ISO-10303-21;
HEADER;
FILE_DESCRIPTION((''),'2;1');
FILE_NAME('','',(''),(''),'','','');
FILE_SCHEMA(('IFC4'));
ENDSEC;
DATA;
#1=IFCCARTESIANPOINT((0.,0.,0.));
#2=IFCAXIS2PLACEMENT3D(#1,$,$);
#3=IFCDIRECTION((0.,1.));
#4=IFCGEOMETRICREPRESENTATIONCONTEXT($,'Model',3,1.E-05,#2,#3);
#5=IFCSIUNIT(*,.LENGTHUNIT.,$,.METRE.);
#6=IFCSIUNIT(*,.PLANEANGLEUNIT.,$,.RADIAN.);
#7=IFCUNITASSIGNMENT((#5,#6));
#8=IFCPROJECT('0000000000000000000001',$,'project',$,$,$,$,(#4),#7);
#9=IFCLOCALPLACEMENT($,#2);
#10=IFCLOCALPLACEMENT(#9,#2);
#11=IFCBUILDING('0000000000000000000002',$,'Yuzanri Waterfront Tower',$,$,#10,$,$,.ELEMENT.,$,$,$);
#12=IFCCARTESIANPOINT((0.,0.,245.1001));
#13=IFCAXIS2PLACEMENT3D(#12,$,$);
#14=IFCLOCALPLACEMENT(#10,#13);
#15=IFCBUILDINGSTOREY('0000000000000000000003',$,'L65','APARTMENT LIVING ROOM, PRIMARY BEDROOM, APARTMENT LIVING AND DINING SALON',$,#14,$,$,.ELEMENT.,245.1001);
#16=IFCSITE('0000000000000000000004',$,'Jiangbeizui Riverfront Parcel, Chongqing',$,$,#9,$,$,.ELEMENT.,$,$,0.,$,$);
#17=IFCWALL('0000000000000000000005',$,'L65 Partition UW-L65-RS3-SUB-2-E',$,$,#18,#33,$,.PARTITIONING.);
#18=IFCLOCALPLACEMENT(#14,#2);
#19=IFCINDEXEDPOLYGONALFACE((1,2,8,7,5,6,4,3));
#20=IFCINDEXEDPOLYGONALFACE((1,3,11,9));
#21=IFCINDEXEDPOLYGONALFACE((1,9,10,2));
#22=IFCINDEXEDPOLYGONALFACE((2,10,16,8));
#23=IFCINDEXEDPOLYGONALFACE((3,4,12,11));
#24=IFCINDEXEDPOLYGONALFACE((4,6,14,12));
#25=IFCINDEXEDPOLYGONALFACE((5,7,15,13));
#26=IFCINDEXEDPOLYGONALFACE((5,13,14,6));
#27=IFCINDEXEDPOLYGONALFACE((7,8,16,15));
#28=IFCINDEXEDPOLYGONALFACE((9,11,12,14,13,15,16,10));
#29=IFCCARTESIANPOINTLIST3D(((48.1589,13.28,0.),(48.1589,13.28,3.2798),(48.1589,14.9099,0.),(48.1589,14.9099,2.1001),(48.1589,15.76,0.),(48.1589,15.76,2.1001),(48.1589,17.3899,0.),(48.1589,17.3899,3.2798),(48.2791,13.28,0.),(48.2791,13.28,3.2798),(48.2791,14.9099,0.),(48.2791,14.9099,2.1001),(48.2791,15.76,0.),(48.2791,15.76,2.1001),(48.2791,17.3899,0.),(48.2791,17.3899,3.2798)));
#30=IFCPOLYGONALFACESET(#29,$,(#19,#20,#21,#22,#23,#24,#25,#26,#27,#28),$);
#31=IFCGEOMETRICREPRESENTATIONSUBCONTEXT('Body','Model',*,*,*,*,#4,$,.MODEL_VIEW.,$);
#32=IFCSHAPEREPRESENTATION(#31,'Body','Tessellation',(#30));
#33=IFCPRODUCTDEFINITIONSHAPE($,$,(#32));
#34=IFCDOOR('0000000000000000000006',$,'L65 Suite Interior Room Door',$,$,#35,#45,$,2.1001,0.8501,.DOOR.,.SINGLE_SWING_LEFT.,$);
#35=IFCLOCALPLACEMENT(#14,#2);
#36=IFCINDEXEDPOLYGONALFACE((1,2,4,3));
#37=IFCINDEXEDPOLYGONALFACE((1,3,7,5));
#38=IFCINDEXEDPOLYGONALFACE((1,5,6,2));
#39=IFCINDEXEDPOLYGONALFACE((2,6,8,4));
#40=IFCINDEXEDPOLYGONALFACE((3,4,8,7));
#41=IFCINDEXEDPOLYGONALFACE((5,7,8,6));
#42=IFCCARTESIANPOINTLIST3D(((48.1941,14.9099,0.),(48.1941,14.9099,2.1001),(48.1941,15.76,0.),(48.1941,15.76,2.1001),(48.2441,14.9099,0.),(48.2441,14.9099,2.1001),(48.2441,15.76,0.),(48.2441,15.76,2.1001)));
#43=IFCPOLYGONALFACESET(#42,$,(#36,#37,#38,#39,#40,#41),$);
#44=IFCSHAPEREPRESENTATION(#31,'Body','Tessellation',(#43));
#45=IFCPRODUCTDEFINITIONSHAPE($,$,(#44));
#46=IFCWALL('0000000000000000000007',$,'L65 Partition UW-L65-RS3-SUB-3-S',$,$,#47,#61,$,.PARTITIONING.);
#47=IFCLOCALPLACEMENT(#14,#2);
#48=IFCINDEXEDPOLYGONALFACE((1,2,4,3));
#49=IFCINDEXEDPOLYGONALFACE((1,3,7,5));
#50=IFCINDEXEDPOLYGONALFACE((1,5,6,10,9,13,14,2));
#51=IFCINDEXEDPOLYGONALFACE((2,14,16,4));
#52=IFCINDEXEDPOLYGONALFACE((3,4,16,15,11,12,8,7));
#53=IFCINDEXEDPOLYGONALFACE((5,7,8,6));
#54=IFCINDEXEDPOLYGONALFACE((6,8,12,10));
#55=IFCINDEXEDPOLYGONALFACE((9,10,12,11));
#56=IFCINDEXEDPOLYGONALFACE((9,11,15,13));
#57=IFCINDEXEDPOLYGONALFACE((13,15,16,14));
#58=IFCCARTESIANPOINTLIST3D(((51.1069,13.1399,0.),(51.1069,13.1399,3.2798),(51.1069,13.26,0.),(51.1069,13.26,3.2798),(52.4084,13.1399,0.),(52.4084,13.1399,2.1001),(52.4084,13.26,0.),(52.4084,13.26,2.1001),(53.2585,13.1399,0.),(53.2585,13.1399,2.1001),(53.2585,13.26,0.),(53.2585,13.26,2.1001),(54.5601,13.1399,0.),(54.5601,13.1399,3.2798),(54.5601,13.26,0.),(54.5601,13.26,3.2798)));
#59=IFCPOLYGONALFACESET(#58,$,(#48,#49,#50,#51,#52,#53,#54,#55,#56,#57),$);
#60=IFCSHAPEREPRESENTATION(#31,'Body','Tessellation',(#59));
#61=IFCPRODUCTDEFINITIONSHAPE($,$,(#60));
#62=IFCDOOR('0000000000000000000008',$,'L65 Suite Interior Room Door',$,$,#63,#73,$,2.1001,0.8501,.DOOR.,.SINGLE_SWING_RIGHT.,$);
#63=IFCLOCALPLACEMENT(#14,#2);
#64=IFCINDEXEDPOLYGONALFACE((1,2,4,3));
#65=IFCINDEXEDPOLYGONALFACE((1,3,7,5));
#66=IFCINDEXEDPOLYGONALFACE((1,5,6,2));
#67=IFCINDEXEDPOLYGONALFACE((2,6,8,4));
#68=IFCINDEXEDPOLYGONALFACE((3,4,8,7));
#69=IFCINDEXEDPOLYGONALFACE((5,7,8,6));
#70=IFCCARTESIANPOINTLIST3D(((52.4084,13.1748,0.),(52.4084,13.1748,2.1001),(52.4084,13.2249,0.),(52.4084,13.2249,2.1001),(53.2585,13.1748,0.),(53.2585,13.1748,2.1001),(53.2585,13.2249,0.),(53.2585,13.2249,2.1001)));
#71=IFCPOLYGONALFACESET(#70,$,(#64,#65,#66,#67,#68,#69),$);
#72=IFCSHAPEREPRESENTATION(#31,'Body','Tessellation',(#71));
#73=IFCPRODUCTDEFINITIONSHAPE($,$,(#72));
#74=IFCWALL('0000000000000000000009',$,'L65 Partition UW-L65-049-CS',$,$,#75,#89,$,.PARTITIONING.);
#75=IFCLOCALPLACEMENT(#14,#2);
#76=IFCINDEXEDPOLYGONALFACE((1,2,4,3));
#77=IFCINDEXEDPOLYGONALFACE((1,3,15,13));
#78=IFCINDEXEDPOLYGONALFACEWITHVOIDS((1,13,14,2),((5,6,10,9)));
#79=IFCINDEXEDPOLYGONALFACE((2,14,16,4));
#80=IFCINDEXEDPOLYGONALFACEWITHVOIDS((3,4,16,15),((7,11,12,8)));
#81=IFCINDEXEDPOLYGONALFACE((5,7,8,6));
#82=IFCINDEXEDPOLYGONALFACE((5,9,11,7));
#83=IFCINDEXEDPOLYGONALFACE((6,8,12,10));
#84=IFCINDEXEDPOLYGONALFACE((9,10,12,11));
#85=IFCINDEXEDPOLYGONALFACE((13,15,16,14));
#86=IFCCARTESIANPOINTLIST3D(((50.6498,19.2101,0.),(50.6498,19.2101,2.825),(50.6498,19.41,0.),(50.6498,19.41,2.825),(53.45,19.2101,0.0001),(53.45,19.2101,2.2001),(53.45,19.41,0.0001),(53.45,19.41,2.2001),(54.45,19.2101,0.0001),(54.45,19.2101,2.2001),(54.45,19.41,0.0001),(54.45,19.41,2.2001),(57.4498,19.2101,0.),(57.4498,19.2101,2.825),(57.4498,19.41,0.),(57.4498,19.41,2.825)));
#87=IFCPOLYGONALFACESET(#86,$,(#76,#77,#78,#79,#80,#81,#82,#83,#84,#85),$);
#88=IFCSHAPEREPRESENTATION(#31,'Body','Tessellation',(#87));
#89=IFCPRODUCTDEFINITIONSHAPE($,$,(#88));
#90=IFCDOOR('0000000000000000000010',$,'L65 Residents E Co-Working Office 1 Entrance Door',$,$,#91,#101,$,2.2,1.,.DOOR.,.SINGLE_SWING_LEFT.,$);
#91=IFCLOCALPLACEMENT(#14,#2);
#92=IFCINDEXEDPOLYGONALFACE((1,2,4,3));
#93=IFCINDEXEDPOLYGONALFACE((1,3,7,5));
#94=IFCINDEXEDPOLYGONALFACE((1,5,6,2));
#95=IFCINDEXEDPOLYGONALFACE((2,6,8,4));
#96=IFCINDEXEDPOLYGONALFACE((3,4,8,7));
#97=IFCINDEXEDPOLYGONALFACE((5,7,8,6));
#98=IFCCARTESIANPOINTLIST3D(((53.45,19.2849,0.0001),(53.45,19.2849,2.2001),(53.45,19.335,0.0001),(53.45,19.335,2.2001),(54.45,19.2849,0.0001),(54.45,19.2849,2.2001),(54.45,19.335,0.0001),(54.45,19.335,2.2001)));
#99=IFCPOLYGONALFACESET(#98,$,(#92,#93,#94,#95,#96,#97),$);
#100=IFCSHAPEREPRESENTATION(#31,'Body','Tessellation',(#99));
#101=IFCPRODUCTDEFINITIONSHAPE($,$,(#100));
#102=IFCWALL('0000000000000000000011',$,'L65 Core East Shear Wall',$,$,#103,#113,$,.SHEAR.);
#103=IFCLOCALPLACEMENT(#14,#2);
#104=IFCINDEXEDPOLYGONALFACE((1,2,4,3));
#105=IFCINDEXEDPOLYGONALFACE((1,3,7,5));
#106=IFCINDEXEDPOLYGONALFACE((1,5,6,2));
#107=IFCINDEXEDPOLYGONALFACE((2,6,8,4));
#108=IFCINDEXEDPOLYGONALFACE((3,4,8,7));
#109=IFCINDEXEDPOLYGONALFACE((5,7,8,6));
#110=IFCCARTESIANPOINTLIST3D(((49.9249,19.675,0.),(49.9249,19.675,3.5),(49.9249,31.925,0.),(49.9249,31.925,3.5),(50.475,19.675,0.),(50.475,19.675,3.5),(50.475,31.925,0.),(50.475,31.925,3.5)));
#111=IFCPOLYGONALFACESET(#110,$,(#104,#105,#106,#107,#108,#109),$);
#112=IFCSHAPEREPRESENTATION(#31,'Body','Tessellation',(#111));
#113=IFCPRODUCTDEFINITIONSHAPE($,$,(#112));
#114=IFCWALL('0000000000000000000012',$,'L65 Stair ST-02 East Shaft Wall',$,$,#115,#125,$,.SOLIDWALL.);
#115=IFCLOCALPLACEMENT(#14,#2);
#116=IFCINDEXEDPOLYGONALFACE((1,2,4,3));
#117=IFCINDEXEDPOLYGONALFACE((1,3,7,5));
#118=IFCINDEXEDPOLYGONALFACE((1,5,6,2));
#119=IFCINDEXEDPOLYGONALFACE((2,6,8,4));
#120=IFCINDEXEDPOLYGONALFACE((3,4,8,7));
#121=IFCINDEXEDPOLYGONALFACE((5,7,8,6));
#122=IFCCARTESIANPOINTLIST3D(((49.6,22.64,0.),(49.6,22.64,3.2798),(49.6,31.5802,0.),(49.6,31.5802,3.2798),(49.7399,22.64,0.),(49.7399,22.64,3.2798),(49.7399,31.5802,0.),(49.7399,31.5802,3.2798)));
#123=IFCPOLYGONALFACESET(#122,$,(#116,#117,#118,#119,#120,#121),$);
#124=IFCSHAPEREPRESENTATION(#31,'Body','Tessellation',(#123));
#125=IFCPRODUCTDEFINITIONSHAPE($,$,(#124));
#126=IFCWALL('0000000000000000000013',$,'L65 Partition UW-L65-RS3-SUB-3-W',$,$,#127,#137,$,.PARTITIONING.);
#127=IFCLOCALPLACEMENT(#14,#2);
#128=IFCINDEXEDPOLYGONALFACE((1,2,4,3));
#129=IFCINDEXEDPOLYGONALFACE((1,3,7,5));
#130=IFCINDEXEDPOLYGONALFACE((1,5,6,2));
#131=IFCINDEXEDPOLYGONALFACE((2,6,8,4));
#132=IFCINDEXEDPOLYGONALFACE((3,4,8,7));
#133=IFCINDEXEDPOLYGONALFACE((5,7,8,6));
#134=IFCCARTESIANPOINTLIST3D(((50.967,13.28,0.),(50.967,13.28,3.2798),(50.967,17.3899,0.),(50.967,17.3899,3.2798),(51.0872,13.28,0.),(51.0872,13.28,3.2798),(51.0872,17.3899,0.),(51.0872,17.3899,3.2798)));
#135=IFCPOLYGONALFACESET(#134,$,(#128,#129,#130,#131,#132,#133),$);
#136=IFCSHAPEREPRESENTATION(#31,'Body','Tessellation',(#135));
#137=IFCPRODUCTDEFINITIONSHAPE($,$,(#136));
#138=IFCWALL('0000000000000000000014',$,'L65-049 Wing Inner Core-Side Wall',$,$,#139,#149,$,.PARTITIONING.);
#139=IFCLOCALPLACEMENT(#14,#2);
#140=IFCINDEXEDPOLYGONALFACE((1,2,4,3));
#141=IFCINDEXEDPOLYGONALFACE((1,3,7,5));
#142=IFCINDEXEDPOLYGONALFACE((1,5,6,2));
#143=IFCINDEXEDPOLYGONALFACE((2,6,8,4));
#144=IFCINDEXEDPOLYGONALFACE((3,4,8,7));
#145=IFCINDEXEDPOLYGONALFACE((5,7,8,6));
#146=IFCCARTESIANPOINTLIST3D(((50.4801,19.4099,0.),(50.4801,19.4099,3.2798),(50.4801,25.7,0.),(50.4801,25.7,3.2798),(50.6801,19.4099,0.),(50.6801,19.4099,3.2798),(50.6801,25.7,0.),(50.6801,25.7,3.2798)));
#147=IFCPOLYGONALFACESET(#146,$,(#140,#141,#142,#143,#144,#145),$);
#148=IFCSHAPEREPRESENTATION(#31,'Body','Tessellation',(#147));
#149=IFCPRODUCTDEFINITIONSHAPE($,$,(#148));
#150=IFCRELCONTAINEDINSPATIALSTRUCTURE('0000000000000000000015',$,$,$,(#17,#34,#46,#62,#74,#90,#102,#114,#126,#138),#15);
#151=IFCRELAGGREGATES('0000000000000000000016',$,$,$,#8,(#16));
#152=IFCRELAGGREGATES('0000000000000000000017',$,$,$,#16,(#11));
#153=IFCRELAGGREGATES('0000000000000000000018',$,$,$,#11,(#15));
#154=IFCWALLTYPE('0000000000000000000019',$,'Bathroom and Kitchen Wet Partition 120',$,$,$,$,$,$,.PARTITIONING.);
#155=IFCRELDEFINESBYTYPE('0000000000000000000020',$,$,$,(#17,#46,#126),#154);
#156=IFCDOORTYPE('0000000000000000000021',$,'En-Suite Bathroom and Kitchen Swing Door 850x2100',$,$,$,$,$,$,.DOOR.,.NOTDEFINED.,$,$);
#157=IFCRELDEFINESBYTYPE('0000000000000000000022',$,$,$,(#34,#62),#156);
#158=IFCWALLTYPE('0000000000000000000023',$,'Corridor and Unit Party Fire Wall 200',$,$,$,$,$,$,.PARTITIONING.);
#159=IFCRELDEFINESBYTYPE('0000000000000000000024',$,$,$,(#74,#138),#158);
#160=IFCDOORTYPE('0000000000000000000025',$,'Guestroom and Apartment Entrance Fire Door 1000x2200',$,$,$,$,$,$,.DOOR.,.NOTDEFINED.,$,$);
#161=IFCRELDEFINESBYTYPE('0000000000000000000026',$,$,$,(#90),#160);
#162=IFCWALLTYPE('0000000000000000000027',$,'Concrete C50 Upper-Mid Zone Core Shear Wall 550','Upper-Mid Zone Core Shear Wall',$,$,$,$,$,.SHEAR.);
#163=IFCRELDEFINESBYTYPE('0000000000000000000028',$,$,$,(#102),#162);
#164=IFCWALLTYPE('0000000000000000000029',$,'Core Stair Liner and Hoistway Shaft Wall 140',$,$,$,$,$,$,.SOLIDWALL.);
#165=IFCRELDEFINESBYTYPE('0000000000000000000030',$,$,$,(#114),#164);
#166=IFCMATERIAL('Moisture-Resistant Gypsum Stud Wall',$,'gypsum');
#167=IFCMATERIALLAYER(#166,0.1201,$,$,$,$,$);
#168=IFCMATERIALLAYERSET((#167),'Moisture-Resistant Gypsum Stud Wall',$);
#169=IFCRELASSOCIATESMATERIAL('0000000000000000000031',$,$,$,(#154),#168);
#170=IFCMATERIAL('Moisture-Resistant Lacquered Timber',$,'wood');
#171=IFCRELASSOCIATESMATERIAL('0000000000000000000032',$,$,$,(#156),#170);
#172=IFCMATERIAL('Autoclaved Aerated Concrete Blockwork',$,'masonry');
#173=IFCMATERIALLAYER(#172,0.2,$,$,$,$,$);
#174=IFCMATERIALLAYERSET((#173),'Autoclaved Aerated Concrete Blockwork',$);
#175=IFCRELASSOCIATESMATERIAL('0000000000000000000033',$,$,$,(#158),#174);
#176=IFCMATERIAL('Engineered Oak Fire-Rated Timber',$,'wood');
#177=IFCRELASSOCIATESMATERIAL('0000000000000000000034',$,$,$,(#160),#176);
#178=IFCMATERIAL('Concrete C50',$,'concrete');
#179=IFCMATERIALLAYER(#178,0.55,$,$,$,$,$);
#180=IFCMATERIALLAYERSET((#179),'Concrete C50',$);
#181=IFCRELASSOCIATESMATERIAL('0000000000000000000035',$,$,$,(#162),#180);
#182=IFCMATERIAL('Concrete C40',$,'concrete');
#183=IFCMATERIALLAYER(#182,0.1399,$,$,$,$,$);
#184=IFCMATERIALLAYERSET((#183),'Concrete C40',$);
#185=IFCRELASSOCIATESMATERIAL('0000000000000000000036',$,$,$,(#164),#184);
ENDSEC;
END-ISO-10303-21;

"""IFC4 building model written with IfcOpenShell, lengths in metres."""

from ifc_helpers import new_model, si_unit, direction, frame, frame_2d, origin, place, context, subcontext, project, spatial, rectangle, extrude, source, transform, mapped, material, layer, layer_set, type_object, element, fill, save


model = new_model("IFC4")

# Units and contexts
model_context = context("Model", 3, precision=1e-05, world=origin(), true_north=direction((0.0, 1.0)))
body_context = subcontext(model_context, "Body", "Model", "MODEL_VIEW")
ifc_project = project(units=[si_unit("LENGTHUNIT", "METRE"), si_unit("PLANEANGLEUNIT", "RADIAN")], contexts=[model_context])

# Site, building, storey
site_placement = place(None, origin())
site = spatial("IfcSite", under=ifc_project, at=site_placement, Name="Jiangbeizui Riverfront Parcel, Chongqing", CompositionType="ELEMENT", RefElevation=0.0)
building_placement = place(site_placement, origin())
building = spatial("IfcBuilding", under=site, at=building_placement, Name="Yuzanri Waterfront Tower", CompositionType="ELEMENT")
storey_placement = place(building_placement, frame((0.0, 0.0, 245.1001)))
storey = spatial("IfcBuildingStorey", under=building, at=storey_placement, Name="L65", Description="APARTMENT LIVING ROOM, PRIMARY BEDROOM, APARTMENT LIVING AND DINING SALON", CompositionType="ELEMENT", Elevation=245.1001)

# Walls, openings, doors
ifc_material_1 = material(Name="Moisture-Resistant Gypsum Stud Wall", Category="gypsum")
ifc_layer_1 = layer(ifc_material_1, 0.1201)
ifc_layer_set_1 = layer_set([ifc_layer_1], Name="Moisture-Resistant Gypsum Stud Wall")
wall_type_1 = type_object("IfcWallType", Name="Bathroom and Kitchen Wet Partition 120", PredefinedType="PARTITIONING", material=ifc_layer_set_1)
wall_1_placement = place(storey_placement, frame((48.219, 13.28, 0.0), z_axis=(0.0, 0.0, 1.0), x_axis=(0.0, 1.0, 0.0)))
wall_1 = element("IfcWall", 1, at=wall_1_placement, inside=storey, type_object=wall_type_1, Name="L65 Partition UW-L65-RS3-SUB-2-E", PredefinedType="PARTITIONING", context=body_context, shape_type="SweptSolid", body=[
    extrude(rectangle(XDim=4.1099, YDim=0.1201, at=frame_2d((2.0549, 0.0))), origin(), (0.0, 0.0, 1.0), 3.2798),
])
opening_1_placement = place(wall_1_placement, frame((1.6299, 0.0, 0.0)))
opening_1 = element("IfcOpeningElement", 2, at=opening_1_placement, cuts=wall_1, PredefinedType="OPENING", context=body_context, shape_type="SweptSolid", body=[
    extrude(rectangle(XDim=0.8501, YDim=2.1001, at=frame_2d((0.425, 1.05))), frame((0.0, 0.075, 0.0), z_axis=(0.0, -1.0, 0.0), x_axis=(1.0, 0.0, 0.0)), (0.0, 0.0, 1.0), 0.1499),
])
ifc_material_2 = material(Name="Moisture-Resistant Lacquered Timber", Category="wood")
door_type_1 = type_object("IfcDoorType", Name="En-Suite Bathroom and Kitchen Swing Door 850x2100", OperationType="NOTDEFINED", PredefinedType="DOOR", material=ifc_material_2)
shared_shape_1 = source(origin(), body_context, "Body", "SweptSolid", [
    extrude(rectangle(XDim=0.8501, YDim=2.1001, at=frame_2d((0.425, 1.05))), frame((0.0, 0.0249, 0.0), z_axis=(0.0, -1.0, 0.0), x_axis=(1.0, 0.0, 0.0)), (0.0, 0.0, 1.0), 0.05),
])
door_1_placement = place(opening_1_placement, origin())
door_1 = element("IfcDoor", 3, at=door_1_placement, inside=storey, type_object=door_type_1, Name="L65 Suite Interior Room Door", OperationType="SINGLE_SWING_LEFT", OverallHeight=2.1001, OverallWidth=0.8501, PredefinedType="DOOR", context=body_context, shape_type="MappedRepresentation", body=[
    mapped(shared_shape_1, transform((0.0, 0.0, 0.0), scale=1.0)),
])
fill(opening_1, door_1)
wall_2_placement = place(storey_placement, frame((51.1069, 13.2, 0.0), z_axis=(0.0, 0.0, 1.0), x_axis=(1.0, 0.0, 0.0)))
wall_2 = element("IfcWall", 4, at=wall_2_placement, inside=storey, type_object=wall_type_1, Name="L65 Partition UW-L65-RS3-SUB-3-S", PredefinedType="PARTITIONING", context=body_context, shape_type="SweptSolid", body=[
    extrude(rectangle(XDim=3.4531, YDim=0.1201, at=frame_2d((1.7266, 0.0))), origin(), (0.0, 0.0, 1.0), 3.2798),
])
opening_2_placement = place(wall_2_placement, frame((1.3015, 0.0, 0.0)))
opening_2 = element("IfcOpeningElement", 5, at=opening_2_placement, cuts=wall_2, PredefinedType="OPENING", context=body_context, shape_type="SweptSolid", body=[
    extrude(rectangle(XDim=0.8501, YDim=2.1001, at=frame_2d((0.425, 1.05))), frame((0.0, 0.075, 0.0), z_axis=(0.0, -1.0, 0.0), x_axis=(1.0, 0.0, 0.0)), (0.0, 0.0, 1.0), 0.1499),
])
door_2_placement = place(opening_2_placement, origin())
door_2 = element("IfcDoor", 6, at=door_2_placement, inside=storey, type_object=door_type_1, Name="L65 Suite Interior Room Door", OperationType="SINGLE_SWING_RIGHT", OverallHeight=2.1001, OverallWidth=0.8501, PredefinedType="DOOR", context=body_context, shape_type="MappedRepresentation", body=[
    mapped(shared_shape_1, transform((0.0, 0.0, 0.0), scale=1.0)),
])
fill(opening_2, door_2)
ifc_material_3 = material(Name="Autoclaved Aerated Concrete Blockwork", Category="masonry")
ifc_layer_2 = layer(ifc_material_3, 0.2)
ifc_layer_set_2 = layer_set([ifc_layer_2], Name="Autoclaved Aerated Concrete Blockwork")
wall_type_2 = type_object("IfcWallType", Name="Corridor and Unit Party Fire Wall 200", PredefinedType="PARTITIONING", material=ifc_layer_set_2)
wall_3_placement = place(storey_placement, frame((50.6499, 19.3101, 0.0), z_axis=(0.0, 0.0, 1.0), x_axis=(1.0, 0.0, 0.0)))
wall_3 = element("IfcWall", 7, at=wall_3_placement, inside=storey, type_object=wall_type_2, Name="L65 Partition UW-L65-049-CS", PredefinedType="PARTITIONING", context=body_context, shape_type="SweptSolid", body=[
    extrude(rectangle(XDim=6.8, YDim=0.2, at=frame_2d((3.3999, 0.0))), origin(), (0.0, 0.0, 1.0), 2.825),
])
opening_3_placement = place(wall_3_placement, frame((2.8, 0.0, 0.0)))
opening_3 = element("IfcOpeningElement", 8, at=opening_3_placement, cuts=wall_3, PredefinedType="OPENING", context=body_context, shape_type="SweptSolid", body=[
    extrude(rectangle(XDim=1.0, YDim=2.2, at=frame_2d((0.5, 1.1001))), frame((0.0, 0.1147, 0.0), z_axis=(0.0, -1.0, 0.0), x_axis=(1.0, 0.0, 0.0)), (0.0, 0.0, 1.0), 0.2297),
])
ifc_material_4 = material(Name="Engineered Oak Fire-Rated Timber", Category="wood")
door_type_2 = type_object("IfcDoorType", Name="Guestroom and Apartment Entrance Fire Door 1000x2200", OperationType="NOTDEFINED", PredefinedType="DOOR", material=ifc_material_4)
shared_shape_2 = source(origin(), body_context, "Body", "SweptSolid", [
    extrude(rectangle(XDim=1.0, YDim=2.2, at=frame_2d((0.5, 1.1001))), frame((0.0, 0.0249, 0.0), z_axis=(0.0, -1.0, 0.0), x_axis=(1.0, 0.0, 0.0)), (0.0, 0.0, 1.0), 0.05),
])
door_3_placement = place(opening_3_placement, origin())
door_3 = element("IfcDoor", 9, at=door_3_placement, inside=storey, type_object=door_type_2, Name="L65 Residents E Co-Working Office 1 Entrance Door", OperationType="SINGLE_SWING_LEFT", OverallHeight=2.2, OverallWidth=1.0, PredefinedType="DOOR", context=body_context, shape_type="MappedRepresentation", body=[
    mapped(shared_shape_2, transform((0.0, 0.0, 0.0), scale=1.0)),
])
fill(opening_3, door_3)

# Walls
ifc_material_5 = material(Name="Concrete C50", Category="concrete")
ifc_layer_3 = layer(ifc_material_5, 0.55)
ifc_layer_set_3 = layer_set([ifc_layer_3], Name="Concrete C50")
wall_type_3 = type_object("IfcWallType", Name="Concrete C50 Upper-Mid Zone Core Shear Wall 550", Description="Upper-Mid Zone Core Shear Wall", PredefinedType="SHEAR", material=ifc_layer_set_3)
shared_shape_3 = source(origin(), body_context, "Body", "SweptSolid", [
    extrude(rectangle(XDim=12.25, YDim=0.55, at=frame_2d((6.125, 0.0))), origin(), (0.0, 0.0, 1.0), 3.5),
])
wall_4_placement = place(storey_placement, frame((50.2, 19.675, 0.0), z_axis=(0.0, 0.0, 1.0), x_axis=(0.0, 1.0, 0.0)))
element("IfcWall", 10, at=wall_4_placement, inside=storey, type_object=wall_type_3, Name="L65 Core East Shear Wall", PredefinedType="SHEAR", context=body_context, shape_type="MappedRepresentation", body=[
    mapped(shared_shape_3, transform((0.0, 0.0, 0.0), scale=1.0)),
])
ifc_material_6 = material(Name="Concrete C40", Category="concrete")
ifc_layer_4 = layer(ifc_material_6, 0.1399)
ifc_layer_set_4 = layer_set([ifc_layer_4], Name="Concrete C40")
wall_type_4 = type_object("IfcWallType", Name="Core Stair Liner and Hoistway Shaft Wall 140", PredefinedType="SOLIDWALL", material=ifc_layer_set_4)
shared_shape_4 = source(origin(), body_context, "Body", "SweptSolid", [
    extrude(rectangle(XDim=8.9402, YDim=0.1399, at=frame_2d((4.4702, 0.0))), origin(), (0.0, 0.0, 1.0), 3.2798),
])
wall_5_placement = place(storey_placement, frame((49.6699, 22.6399, 0.0), z_axis=(0.0, 0.0, 1.0), x_axis=(0.0, 1.0, 0.0)))
element("IfcWall", 11, at=wall_5_placement, inside=storey, type_object=wall_type_4, Name="L65 Stair ST-02 East Shaft Wall", PredefinedType="SOLIDWALL", context=body_context, shape_type="MappedRepresentation", body=[
    mapped(shared_shape_4, transform((0.0, 0.0, 0.0), scale=1.0)),
])
shared_shape_5 = source(origin(), body_context, "Body", "SweptSolid", [
    extrude(rectangle(XDim=4.1099, YDim=0.1201, at=frame_2d((2.0549, 0.0))), origin(), (0.0, 0.0, 1.0), 3.2798),
])
wall_6_placement = place(storey_placement, frame((51.0271, 13.28, 0.0), z_axis=(0.0, 0.0, 1.0), x_axis=(0.0, 1.0, 0.0)))
element("IfcWall", 12, at=wall_6_placement, inside=storey, type_object=wall_type_1, Name="L65 Partition UW-L65-RS3-SUB-3-W", PredefinedType="PARTITIONING", context=body_context, shape_type="MappedRepresentation", body=[
    mapped(shared_shape_5, transform((0.0, 0.0, 0.0), scale=1.0)),
])
shared_shape_6 = source(origin(), body_context, "Body", "SweptSolid", [
    extrude(rectangle(XDim=6.29, YDim=0.2, at=frame_2d((3.145, 0.0))), origin(), (0.0, 0.0, 1.0), 3.2798),
])
wall_7_placement = place(storey_placement, frame((50.5801, 19.4099, 0.0), z_axis=(0.0, 0.0, 1.0), x_axis=(0.0, 1.0, 0.0)))
element("IfcWall", 13, at=wall_7_placement, inside=storey, type_object=wall_type_2, Name="L65-049 Wing Inner Core-Side Wall", PredefinedType="PARTITIONING", context=body_context, shape_type="MappedRepresentation", body=[
    mapped(shared_shape_6, transform((0.0, 0.0, 0.0), scale=1.0)),
])

save(model, "model.ifc")
